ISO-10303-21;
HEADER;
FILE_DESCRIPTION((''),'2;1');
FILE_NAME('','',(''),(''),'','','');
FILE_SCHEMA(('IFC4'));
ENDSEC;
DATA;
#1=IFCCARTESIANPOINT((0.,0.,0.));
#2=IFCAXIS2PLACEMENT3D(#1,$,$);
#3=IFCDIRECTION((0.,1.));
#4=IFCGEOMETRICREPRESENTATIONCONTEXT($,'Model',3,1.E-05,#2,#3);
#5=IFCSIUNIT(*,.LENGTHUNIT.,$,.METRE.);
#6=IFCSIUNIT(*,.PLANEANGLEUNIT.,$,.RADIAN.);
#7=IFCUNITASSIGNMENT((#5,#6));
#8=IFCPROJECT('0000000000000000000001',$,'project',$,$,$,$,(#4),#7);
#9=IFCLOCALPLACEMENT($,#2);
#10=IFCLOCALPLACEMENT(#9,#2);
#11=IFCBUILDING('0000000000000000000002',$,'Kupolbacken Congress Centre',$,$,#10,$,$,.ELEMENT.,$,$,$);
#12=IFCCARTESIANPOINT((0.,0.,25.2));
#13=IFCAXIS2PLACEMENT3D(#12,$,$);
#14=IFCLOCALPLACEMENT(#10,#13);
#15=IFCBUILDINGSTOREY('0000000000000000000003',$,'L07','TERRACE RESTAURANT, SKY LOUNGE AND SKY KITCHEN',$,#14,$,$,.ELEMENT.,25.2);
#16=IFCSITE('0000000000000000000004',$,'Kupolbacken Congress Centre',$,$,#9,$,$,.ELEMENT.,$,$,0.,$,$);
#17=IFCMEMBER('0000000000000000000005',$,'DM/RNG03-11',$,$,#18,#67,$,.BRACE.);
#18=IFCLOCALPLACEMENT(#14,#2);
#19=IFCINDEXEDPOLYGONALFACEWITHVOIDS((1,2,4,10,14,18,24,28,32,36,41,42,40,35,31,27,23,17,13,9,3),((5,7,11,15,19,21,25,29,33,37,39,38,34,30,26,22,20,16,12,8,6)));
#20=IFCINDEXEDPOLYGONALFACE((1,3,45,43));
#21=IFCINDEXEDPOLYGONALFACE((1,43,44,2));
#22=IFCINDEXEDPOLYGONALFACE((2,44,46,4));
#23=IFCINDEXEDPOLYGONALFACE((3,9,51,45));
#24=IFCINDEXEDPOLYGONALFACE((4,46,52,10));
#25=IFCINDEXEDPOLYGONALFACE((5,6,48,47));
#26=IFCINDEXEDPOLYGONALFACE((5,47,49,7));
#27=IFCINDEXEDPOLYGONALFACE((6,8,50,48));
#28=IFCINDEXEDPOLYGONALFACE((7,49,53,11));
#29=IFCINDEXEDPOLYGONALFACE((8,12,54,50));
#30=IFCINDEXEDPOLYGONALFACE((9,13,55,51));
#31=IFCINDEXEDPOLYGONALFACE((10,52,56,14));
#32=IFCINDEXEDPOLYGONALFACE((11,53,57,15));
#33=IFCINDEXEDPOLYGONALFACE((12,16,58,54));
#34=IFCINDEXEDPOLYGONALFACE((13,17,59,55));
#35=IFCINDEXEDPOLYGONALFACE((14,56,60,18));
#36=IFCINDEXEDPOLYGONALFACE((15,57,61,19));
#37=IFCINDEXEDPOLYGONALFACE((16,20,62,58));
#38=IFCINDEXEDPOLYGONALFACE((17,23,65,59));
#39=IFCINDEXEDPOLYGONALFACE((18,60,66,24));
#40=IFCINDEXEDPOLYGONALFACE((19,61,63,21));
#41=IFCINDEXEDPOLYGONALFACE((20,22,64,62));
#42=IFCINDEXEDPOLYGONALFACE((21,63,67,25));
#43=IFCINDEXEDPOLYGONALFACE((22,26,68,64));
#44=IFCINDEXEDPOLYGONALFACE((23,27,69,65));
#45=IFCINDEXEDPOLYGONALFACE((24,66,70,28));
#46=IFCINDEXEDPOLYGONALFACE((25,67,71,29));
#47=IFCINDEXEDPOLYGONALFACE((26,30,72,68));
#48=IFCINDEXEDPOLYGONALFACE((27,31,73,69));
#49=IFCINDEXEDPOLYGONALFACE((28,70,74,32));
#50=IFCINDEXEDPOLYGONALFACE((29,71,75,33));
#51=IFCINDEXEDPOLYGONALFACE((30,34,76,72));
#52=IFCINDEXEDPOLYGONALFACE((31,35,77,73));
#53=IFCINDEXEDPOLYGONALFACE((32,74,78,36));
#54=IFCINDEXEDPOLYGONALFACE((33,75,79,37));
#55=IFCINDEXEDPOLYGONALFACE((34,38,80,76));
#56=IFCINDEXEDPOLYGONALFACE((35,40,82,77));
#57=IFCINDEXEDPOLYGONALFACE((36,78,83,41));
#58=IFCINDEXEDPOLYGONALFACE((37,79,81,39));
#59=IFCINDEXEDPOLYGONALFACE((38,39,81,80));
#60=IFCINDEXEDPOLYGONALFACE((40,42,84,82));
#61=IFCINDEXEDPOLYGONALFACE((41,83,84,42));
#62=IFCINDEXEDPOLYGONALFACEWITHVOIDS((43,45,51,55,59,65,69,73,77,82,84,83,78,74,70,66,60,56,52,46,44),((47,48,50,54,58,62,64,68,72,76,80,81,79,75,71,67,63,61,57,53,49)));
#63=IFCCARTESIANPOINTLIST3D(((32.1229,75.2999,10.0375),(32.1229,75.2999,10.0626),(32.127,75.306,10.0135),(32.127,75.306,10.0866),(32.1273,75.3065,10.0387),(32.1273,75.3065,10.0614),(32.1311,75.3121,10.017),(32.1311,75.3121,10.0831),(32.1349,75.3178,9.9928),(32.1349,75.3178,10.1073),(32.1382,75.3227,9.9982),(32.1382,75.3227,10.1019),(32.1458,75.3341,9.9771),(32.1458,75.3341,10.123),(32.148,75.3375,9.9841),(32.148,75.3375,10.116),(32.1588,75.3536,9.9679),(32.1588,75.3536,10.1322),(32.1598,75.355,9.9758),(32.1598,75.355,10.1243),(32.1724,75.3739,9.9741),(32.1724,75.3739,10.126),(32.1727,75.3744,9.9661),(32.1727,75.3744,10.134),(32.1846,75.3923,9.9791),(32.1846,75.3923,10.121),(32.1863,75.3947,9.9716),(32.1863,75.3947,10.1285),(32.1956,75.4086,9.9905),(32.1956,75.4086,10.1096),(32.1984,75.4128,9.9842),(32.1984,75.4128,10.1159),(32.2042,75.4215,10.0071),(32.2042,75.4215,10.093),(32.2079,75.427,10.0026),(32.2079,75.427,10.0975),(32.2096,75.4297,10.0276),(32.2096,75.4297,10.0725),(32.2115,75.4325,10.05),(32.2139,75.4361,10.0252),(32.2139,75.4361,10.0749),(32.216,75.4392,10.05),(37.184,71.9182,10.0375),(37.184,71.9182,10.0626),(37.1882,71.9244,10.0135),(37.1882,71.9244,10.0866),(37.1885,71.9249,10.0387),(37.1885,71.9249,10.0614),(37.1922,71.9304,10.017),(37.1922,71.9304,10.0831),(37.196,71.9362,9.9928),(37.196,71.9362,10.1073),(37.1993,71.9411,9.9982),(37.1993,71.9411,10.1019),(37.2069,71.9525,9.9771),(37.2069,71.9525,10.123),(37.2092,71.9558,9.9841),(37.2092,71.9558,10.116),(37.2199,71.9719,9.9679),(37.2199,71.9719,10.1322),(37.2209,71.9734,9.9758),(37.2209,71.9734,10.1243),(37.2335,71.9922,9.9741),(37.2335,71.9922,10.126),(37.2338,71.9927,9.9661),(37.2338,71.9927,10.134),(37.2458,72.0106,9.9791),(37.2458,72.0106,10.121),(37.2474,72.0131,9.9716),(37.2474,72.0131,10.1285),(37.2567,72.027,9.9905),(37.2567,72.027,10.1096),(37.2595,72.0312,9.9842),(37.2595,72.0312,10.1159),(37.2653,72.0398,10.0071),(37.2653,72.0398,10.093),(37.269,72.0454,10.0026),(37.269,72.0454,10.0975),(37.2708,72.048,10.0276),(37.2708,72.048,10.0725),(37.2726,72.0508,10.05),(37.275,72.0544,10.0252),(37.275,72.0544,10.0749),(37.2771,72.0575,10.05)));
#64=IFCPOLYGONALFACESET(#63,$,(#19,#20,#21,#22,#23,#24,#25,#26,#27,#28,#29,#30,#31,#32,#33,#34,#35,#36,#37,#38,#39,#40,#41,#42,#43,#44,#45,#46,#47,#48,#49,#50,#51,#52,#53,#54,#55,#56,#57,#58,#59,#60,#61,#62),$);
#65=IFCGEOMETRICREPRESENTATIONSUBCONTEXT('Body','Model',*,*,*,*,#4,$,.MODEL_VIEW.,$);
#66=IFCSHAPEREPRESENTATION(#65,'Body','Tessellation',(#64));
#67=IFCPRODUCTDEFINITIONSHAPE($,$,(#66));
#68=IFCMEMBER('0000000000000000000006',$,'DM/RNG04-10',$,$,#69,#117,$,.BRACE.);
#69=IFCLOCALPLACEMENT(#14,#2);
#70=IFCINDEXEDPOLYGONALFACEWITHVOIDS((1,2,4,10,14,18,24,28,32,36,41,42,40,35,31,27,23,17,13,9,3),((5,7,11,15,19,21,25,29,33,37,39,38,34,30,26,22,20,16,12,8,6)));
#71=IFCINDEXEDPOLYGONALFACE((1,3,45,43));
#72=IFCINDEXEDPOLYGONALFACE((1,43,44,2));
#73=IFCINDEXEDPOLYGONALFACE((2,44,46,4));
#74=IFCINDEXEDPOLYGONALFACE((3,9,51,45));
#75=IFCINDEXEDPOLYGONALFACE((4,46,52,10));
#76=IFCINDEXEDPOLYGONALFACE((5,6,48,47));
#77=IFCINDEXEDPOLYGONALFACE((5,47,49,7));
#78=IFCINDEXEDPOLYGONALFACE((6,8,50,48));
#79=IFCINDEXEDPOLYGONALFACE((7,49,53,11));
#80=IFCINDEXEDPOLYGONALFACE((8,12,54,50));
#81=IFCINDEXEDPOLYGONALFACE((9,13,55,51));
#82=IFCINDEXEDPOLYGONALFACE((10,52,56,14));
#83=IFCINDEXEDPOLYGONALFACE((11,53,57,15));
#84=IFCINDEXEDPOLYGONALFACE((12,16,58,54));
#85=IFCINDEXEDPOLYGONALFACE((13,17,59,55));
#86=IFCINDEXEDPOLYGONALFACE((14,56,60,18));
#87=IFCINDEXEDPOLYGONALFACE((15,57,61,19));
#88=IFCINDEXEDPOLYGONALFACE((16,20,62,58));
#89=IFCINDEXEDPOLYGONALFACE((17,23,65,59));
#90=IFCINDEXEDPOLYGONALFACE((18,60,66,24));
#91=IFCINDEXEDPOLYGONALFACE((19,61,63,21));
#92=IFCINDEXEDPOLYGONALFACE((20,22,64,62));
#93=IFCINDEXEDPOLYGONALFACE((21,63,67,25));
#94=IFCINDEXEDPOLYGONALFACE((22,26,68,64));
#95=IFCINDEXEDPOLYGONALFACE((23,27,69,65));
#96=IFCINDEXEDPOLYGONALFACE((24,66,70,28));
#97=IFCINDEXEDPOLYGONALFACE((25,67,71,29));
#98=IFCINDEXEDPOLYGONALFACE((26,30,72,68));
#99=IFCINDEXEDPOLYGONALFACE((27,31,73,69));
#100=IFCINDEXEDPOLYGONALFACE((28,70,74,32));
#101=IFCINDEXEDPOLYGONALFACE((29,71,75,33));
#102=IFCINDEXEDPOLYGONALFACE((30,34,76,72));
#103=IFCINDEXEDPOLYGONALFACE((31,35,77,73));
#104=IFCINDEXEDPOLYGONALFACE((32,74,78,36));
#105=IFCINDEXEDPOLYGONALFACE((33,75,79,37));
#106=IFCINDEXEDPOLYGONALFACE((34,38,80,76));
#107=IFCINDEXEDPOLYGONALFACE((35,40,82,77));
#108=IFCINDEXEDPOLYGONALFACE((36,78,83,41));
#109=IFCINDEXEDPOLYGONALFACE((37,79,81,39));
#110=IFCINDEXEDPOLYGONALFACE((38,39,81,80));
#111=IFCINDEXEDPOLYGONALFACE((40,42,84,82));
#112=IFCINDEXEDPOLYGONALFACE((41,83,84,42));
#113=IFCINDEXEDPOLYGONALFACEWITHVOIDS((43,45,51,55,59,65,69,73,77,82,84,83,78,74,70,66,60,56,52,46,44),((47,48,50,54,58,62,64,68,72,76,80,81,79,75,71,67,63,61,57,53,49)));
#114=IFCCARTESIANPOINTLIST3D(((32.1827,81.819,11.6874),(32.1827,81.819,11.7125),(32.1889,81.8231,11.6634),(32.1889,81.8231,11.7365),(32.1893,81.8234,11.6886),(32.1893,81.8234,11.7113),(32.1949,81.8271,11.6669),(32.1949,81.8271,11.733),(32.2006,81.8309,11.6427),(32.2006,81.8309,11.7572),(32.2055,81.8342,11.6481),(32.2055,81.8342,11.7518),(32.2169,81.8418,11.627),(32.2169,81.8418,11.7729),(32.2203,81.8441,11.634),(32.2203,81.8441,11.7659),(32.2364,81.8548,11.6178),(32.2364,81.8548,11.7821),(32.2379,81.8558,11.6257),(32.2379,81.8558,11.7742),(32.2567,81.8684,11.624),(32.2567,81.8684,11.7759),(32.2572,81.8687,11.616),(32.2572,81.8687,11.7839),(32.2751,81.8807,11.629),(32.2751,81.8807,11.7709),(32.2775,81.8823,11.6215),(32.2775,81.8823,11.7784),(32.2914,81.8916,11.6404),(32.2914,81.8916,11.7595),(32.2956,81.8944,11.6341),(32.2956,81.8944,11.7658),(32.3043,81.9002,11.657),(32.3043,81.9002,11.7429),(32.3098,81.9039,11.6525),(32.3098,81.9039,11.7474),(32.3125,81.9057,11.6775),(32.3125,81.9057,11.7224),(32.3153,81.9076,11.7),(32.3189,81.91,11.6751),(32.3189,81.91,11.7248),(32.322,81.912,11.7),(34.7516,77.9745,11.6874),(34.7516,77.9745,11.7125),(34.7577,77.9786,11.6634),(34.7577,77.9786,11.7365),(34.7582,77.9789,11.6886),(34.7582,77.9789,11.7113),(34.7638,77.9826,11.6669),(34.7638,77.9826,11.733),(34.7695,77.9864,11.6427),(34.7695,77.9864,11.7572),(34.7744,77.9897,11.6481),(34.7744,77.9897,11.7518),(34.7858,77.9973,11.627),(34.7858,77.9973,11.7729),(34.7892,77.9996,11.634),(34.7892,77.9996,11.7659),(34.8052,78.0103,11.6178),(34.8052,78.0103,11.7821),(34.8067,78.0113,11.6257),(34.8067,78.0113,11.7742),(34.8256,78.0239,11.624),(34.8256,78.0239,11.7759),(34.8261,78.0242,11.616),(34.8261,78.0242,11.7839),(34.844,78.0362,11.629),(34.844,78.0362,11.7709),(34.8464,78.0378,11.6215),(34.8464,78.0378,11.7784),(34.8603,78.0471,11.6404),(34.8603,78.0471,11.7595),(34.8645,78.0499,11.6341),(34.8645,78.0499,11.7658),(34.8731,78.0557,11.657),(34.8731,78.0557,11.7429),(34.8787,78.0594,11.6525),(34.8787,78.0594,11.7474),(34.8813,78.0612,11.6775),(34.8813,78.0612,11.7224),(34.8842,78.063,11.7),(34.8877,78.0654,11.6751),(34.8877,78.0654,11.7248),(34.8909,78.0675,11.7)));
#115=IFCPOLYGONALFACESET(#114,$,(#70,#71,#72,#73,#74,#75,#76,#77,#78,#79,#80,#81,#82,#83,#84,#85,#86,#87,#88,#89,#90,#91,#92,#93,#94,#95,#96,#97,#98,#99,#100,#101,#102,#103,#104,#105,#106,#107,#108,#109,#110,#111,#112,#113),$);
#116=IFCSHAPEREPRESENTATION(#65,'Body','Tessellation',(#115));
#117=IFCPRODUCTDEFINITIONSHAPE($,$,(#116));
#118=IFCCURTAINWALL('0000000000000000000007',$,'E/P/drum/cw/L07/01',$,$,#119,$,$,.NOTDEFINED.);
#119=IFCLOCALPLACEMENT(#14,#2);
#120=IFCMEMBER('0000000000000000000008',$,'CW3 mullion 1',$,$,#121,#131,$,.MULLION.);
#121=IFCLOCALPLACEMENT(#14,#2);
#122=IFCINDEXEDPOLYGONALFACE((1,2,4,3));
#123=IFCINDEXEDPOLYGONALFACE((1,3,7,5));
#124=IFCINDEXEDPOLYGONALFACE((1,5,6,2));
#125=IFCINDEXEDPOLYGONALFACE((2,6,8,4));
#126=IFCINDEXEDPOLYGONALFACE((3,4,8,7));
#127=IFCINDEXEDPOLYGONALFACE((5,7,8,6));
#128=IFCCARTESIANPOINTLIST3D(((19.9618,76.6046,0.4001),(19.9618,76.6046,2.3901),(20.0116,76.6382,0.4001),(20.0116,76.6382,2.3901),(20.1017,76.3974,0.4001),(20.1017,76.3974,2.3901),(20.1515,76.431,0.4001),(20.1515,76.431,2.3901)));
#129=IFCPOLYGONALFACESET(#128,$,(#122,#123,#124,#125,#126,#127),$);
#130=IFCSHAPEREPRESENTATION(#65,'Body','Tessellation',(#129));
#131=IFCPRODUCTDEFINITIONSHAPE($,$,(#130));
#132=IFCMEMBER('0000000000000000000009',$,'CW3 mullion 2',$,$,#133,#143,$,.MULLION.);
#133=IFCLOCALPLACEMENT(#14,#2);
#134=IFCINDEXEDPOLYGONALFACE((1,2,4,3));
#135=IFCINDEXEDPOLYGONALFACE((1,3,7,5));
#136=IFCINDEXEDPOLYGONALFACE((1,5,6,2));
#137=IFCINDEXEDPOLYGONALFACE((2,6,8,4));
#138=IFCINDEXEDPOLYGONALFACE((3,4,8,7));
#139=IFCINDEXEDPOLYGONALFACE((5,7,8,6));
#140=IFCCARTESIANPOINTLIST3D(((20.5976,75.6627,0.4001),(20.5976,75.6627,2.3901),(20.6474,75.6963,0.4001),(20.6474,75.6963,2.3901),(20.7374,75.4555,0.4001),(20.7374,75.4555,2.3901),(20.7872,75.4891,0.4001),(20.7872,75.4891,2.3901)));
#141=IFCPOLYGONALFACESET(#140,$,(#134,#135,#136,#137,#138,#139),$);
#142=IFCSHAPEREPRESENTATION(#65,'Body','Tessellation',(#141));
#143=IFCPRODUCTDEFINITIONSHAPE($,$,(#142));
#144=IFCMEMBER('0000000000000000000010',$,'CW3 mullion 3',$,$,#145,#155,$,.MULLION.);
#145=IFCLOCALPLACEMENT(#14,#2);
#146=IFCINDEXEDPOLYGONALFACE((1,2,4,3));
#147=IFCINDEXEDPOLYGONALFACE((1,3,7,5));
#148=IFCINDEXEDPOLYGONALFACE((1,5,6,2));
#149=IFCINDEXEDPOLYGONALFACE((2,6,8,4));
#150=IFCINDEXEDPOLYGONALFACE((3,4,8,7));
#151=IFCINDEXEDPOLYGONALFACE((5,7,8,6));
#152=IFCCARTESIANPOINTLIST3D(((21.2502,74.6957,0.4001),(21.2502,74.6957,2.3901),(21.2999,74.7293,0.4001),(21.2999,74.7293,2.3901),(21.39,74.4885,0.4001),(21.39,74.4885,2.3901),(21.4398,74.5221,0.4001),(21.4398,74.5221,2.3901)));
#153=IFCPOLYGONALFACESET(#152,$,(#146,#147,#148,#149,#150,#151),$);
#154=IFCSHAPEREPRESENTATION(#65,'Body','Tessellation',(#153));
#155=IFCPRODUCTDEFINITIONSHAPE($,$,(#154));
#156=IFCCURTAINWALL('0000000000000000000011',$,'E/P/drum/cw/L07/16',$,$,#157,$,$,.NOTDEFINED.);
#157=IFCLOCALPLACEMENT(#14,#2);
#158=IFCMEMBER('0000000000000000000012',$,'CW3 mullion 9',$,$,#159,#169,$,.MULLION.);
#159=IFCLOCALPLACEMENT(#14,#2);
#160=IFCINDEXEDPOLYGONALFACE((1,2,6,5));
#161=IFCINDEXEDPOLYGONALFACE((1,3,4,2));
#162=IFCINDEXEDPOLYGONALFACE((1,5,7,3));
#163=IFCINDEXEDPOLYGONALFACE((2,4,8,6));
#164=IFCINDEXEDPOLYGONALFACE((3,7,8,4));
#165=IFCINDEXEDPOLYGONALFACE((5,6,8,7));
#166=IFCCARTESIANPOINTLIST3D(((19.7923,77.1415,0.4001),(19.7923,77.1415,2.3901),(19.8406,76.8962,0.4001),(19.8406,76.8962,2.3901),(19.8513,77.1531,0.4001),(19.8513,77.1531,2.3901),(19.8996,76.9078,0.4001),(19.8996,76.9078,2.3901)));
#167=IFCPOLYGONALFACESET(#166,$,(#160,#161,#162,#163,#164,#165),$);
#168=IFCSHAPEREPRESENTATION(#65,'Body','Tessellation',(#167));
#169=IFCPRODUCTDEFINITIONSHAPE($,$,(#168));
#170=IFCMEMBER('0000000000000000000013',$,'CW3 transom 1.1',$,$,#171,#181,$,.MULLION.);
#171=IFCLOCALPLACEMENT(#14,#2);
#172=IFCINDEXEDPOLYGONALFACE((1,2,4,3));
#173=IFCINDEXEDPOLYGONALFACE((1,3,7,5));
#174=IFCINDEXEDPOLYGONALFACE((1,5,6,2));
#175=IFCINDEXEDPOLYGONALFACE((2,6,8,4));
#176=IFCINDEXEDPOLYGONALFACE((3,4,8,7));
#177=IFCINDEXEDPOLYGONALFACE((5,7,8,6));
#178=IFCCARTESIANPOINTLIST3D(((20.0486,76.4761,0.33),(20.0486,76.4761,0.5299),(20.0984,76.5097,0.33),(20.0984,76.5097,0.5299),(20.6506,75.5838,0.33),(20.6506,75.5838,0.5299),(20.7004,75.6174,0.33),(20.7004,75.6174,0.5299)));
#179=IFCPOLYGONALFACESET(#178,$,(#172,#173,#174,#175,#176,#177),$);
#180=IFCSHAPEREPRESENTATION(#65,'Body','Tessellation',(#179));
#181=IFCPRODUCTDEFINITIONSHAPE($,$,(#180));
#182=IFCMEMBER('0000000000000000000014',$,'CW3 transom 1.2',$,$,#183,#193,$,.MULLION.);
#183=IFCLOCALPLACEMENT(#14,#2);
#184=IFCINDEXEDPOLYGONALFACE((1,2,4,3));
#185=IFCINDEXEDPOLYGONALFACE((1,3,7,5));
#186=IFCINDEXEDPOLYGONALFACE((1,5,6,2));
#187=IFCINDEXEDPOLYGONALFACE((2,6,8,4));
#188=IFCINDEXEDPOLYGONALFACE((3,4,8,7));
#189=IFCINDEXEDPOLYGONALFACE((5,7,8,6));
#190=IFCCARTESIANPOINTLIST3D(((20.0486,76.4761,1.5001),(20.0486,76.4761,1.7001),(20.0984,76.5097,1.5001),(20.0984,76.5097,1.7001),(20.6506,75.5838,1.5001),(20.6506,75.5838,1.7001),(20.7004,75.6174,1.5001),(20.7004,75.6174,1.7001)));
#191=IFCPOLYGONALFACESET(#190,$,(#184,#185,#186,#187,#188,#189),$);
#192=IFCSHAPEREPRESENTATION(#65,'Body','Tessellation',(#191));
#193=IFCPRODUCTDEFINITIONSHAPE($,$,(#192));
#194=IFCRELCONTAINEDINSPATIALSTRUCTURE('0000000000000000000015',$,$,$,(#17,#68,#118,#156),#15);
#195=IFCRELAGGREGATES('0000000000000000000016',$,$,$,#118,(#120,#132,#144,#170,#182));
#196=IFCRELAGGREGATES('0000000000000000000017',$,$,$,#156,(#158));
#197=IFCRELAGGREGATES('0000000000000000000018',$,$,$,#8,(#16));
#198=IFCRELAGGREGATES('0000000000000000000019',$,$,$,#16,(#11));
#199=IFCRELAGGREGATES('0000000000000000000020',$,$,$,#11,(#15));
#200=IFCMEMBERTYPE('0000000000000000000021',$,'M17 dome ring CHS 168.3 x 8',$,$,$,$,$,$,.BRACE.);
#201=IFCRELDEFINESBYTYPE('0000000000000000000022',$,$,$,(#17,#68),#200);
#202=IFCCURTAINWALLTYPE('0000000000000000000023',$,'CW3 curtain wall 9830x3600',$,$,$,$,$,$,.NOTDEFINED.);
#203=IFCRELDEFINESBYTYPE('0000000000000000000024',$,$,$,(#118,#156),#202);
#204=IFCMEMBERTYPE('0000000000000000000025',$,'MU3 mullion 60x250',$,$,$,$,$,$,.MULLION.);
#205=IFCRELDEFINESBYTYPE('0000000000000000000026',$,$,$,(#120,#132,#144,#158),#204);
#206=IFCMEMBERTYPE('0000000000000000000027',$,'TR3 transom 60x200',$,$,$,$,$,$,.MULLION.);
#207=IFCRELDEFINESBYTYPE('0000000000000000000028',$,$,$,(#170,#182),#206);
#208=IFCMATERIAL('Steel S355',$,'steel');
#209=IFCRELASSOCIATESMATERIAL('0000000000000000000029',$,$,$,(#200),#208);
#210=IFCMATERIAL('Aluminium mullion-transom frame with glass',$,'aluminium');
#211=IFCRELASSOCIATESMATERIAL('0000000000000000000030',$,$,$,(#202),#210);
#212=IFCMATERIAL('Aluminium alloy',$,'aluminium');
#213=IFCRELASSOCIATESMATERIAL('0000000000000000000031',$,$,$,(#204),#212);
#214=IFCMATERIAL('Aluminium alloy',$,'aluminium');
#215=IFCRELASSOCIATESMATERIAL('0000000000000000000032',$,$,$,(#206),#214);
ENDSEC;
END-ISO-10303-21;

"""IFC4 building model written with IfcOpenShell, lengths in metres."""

from ifc_helpers import new_model, si_unit, direction, frame, origin, origin_2d, place, context, subcontext, project, spatial, rectangle, hollow_circle, extrude, material, material_profile, profile_set, type_object, element, aggregate, save


model = new_model("IFC4")

# Units and contexts
model_context = context("Model", 3, precision=1e-05, world=origin(), true_north=direction((0.0, 1.0)))
body_context = subcontext(model_context, "Body", "Model", "MODEL_VIEW")
ifc_project = project(units=[si_unit("LENGTHUNIT", "METRE"), si_unit("PLANEANGLEUNIT", "RADIAN")], contexts=[model_context])

# Site, building, storey
site_placement = place(None, origin())
site = spatial("IfcSite", under=ifc_project, at=site_placement, Name="Kupolbacken Congress Centre", CompositionType="ELEMENT", RefElevation=0.0)
building_placement = place(site_placement, origin())
building = spatial("IfcBuilding", under=site, at=building_placement, Name="Kupolbacken Congress Centre", CompositionType="ELEMENT")
storey_placement = place(building_placement, frame((0.0, 0.0, 25.2)))
storey = spatial("IfcBuildingStorey", under=building, at=storey_placement, Name="L07", Description="TERRACE RESTAURANT, SKY LOUNGE AND SKY KITCHEN", CompositionType="ELEMENT", Elevation=25.2)

# Members
ifc_material_1 = material(Name="Steel S355", Category="steel")
ifc_material_profile_1 = material_profile(ifc_material_1, hollow_circle(Radius=0.0842, WallThickness=0.0081, at=origin_2d()), Name="CHS 168.3 x 8")
ifc_profile_set_1 = profile_set([ifc_material_profile_1], Name="Steel S355")
member_type_1 = type_object("IfcMemberType", Name="M17 dome ring CHS 168.3 x 8", PredefinedType="BRACE", material=ifc_profile_set_1)
for number, where, z_axis, x_axis, name in (
    (1, (32.1692, 75.3691, 10.05), (0.831476, -0.555561, 0.0), (0.555561, 0.831476, 0.0), "DM/RNG03-11"),
):
    element("IfcMember", number, at=place(storey_placement, frame(where, z_axis=z_axis, x_axis=x_axis)), inside=storey, type_object=member_type_1, Name=name, PredefinedType="BRACE", context=body_context, shape_type="SweptSolid", body=[
        extrude(hollow_circle(Radius=0.0842, WallThickness=0.0081, at=origin_2d()), origin(), (0.0, 0.0, 1.0), 6.0869),
    ])
member_1_placement = place(storey_placement, frame((32.252, 81.8652, 11.7), z_axis=(0.555577, -0.831465, 0.0), x_axis=(0.831465, 0.555577, 0.0)))
element("IfcMember", 2, at=member_1_placement, inside=storey, type_object=member_type_1, Name="DM/RNG04-10", PredefinedType="BRACE", context=body_context, shape_type="SweptSolid", body=[
    extrude(hollow_circle(Radius=0.0842, WallThickness=0.0081, at=origin_2d()), origin(), (0.0, 0.0, 1.0), 4.6238),
])

# Curtain wall, members
ifc_material_2 = material(Name="Aluminium mullion-transom frame with glass", Category="aluminium")
curtain_wall_type = type_object("IfcCurtainWallType", Name="CW3 curtain wall 9830x3600", PredefinedType="NOTDEFINED", material=ifc_material_2)
curtain_wall_1_placement = place(storey_placement, origin())
curtain_wall_1 = element("IfcCurtainWall", 3, at=curtain_wall_1_placement, inside=storey, type_object=curtain_wall_type, Name="E/P/drum/cw/L07/01", PredefinedType="NOTDEFINED")
ifc_material_3 = material(Name="Aluminium alloy", Category="aluminium")
ifc_material_profile_2 = material_profile(ifc_material_3, rectangle(XDim=0.0601, YDim=0.25, at=origin_2d()), Name="60 x 250")
ifc_profile_set_2 = profile_set([ifc_material_profile_2], Name="Aluminium alloy")
member_type_2 = type_object("IfcMemberType", Name="MU3 mullion 60x250", PredefinedType="MULLION", material=ifc_profile_set_2)
member_2_placement = place(storey_placement, frame((20.0566, 76.5178, 0.4001), z_axis=(0.0, 0.0, 1.0), x_axis=(0.828908, 0.559386, 0.0)))
member_2 = element("IfcMember", 4, at=member_2_placement, type_object=member_type_2, Name="CW3 mullion 1", PredefinedType="MULLION", context=body_context, shape_type="SweptSolid", body=[
    extrude(rectangle(XDim=0.0601, YDim=0.25, at=origin_2d()), origin(), (0.0, 0.0, 1.0), 1.99),
])
member_3_placement = place(storey_placement, frame((20.6924, 75.5759, 0.4001), z_axis=(0.0, 0.0, 1.0), x_axis=(0.828908, 0.559386, 0.0)))
member_3 = element("IfcMember", 5, at=member_3_placement, type_object=member_type_2, Name="CW3 mullion 2", PredefinedType="MULLION", context=body_context, shape_type="SweptSolid", body=[
    extrude(rectangle(XDim=0.0601, YDim=0.25, at=origin_2d()), origin(), (0.0, 0.0, 1.0), 1.99),
])
member_4_placement = place(storey_placement, frame((21.345, 74.6089, 0.4001), z_axis=(0.0, 0.0, 1.0), x_axis=(0.828908, 0.559386, 0.0)))
member_4 = element("IfcMember", 6, at=member_4_placement, type_object=member_type_2, Name="CW3 mullion 3", PredefinedType="MULLION", context=body_context, shape_type="SweptSolid", body=[
    extrude(rectangle(XDim=0.0601, YDim=0.25, at=origin_2d()), origin(), (0.0, 0.0, 1.0), 1.99),
])

# Curtain wall, member
curtain_wall_2_placement = place(storey_placement, origin())
curtain_wall_2 = element("IfcCurtainWall", 7, at=curtain_wall_2_placement, inside=storey, type_object=curtain_wall_type, Name="E/P/drum/cw/L07/16", PredefinedType="NOTDEFINED")
member_5_placement = place(storey_placement, frame((19.8459, 77.0247, 0.4001), z_axis=(0.0, 0.0, 1.0), x_axis=(0.981163, 0.193182, 0.0)))
member_5 = element("IfcMember", 8, at=member_5_placement, type_object=member_type_2, Name="CW3 mullion 9", PredefinedType="MULLION", context=body_context, shape_type="SweptSolid", body=[
    extrude(rectangle(XDim=0.0601, YDim=0.25, at=origin_2d()), origin(), (0.0, 0.0, 1.0), 1.99),
])

# Members
ifc_material_4 = material(Name="Aluminium alloy", Category="aluminium")
ifc_material_profile_3 = material_profile(ifc_material_4, rectangle(XDim=0.0601, YDim=0.2, at=origin_2d()), Name="60 x 200")
ifc_profile_set_3 = profile_set([ifc_material_profile_3], Name="Aluminium alloy")
member_type_3 = type_object("IfcMemberType", Name="TR3 transom 60x200", PredefinedType="MULLION", material=ifc_profile_set_3)
member_6_placement = place(storey_placement, frame((20.0735, 76.4929, 0.4299), z_axis=(0.559298, -0.828967, 0.0), x_axis=(0.828967, 0.559298, 0.0)))
member_6 = element("IfcMember", 9, at=member_6_placement, type_object=member_type_3, Name="CW3 transom 1.1", PredefinedType="MULLION", context=body_context, shape_type="SweptSolid", body=[
    extrude(rectangle(XDim=0.0601, YDim=0.2, at=origin_2d()), origin(), (0.0, 0.0, 1.0), 1.0764),
])
member_7_placement = place(storey_placement, frame((20.0735, 76.4929, 1.6001), z_axis=(0.559298, -0.828967, 0.0), x_axis=(0.828967, 0.559298, 0.0)))
member_7 = element("IfcMember", 10, at=member_7_placement, type_object=member_type_3, Name="CW3 transom 1.2", PredefinedType="MULLION", context=body_context, shape_type="SweptSolid", body=[
    extrude(rectangle(XDim=0.0601, YDim=0.2, at=origin_2d()), origin(), (0.0, 0.0, 1.0), 1.0764),
])

aggregate(curtain_wall_1, [member_2, member_3, member_4, member_6, member_7])
aggregate(curtain_wall_2, [member_5])

save(model, "model.ifc")
